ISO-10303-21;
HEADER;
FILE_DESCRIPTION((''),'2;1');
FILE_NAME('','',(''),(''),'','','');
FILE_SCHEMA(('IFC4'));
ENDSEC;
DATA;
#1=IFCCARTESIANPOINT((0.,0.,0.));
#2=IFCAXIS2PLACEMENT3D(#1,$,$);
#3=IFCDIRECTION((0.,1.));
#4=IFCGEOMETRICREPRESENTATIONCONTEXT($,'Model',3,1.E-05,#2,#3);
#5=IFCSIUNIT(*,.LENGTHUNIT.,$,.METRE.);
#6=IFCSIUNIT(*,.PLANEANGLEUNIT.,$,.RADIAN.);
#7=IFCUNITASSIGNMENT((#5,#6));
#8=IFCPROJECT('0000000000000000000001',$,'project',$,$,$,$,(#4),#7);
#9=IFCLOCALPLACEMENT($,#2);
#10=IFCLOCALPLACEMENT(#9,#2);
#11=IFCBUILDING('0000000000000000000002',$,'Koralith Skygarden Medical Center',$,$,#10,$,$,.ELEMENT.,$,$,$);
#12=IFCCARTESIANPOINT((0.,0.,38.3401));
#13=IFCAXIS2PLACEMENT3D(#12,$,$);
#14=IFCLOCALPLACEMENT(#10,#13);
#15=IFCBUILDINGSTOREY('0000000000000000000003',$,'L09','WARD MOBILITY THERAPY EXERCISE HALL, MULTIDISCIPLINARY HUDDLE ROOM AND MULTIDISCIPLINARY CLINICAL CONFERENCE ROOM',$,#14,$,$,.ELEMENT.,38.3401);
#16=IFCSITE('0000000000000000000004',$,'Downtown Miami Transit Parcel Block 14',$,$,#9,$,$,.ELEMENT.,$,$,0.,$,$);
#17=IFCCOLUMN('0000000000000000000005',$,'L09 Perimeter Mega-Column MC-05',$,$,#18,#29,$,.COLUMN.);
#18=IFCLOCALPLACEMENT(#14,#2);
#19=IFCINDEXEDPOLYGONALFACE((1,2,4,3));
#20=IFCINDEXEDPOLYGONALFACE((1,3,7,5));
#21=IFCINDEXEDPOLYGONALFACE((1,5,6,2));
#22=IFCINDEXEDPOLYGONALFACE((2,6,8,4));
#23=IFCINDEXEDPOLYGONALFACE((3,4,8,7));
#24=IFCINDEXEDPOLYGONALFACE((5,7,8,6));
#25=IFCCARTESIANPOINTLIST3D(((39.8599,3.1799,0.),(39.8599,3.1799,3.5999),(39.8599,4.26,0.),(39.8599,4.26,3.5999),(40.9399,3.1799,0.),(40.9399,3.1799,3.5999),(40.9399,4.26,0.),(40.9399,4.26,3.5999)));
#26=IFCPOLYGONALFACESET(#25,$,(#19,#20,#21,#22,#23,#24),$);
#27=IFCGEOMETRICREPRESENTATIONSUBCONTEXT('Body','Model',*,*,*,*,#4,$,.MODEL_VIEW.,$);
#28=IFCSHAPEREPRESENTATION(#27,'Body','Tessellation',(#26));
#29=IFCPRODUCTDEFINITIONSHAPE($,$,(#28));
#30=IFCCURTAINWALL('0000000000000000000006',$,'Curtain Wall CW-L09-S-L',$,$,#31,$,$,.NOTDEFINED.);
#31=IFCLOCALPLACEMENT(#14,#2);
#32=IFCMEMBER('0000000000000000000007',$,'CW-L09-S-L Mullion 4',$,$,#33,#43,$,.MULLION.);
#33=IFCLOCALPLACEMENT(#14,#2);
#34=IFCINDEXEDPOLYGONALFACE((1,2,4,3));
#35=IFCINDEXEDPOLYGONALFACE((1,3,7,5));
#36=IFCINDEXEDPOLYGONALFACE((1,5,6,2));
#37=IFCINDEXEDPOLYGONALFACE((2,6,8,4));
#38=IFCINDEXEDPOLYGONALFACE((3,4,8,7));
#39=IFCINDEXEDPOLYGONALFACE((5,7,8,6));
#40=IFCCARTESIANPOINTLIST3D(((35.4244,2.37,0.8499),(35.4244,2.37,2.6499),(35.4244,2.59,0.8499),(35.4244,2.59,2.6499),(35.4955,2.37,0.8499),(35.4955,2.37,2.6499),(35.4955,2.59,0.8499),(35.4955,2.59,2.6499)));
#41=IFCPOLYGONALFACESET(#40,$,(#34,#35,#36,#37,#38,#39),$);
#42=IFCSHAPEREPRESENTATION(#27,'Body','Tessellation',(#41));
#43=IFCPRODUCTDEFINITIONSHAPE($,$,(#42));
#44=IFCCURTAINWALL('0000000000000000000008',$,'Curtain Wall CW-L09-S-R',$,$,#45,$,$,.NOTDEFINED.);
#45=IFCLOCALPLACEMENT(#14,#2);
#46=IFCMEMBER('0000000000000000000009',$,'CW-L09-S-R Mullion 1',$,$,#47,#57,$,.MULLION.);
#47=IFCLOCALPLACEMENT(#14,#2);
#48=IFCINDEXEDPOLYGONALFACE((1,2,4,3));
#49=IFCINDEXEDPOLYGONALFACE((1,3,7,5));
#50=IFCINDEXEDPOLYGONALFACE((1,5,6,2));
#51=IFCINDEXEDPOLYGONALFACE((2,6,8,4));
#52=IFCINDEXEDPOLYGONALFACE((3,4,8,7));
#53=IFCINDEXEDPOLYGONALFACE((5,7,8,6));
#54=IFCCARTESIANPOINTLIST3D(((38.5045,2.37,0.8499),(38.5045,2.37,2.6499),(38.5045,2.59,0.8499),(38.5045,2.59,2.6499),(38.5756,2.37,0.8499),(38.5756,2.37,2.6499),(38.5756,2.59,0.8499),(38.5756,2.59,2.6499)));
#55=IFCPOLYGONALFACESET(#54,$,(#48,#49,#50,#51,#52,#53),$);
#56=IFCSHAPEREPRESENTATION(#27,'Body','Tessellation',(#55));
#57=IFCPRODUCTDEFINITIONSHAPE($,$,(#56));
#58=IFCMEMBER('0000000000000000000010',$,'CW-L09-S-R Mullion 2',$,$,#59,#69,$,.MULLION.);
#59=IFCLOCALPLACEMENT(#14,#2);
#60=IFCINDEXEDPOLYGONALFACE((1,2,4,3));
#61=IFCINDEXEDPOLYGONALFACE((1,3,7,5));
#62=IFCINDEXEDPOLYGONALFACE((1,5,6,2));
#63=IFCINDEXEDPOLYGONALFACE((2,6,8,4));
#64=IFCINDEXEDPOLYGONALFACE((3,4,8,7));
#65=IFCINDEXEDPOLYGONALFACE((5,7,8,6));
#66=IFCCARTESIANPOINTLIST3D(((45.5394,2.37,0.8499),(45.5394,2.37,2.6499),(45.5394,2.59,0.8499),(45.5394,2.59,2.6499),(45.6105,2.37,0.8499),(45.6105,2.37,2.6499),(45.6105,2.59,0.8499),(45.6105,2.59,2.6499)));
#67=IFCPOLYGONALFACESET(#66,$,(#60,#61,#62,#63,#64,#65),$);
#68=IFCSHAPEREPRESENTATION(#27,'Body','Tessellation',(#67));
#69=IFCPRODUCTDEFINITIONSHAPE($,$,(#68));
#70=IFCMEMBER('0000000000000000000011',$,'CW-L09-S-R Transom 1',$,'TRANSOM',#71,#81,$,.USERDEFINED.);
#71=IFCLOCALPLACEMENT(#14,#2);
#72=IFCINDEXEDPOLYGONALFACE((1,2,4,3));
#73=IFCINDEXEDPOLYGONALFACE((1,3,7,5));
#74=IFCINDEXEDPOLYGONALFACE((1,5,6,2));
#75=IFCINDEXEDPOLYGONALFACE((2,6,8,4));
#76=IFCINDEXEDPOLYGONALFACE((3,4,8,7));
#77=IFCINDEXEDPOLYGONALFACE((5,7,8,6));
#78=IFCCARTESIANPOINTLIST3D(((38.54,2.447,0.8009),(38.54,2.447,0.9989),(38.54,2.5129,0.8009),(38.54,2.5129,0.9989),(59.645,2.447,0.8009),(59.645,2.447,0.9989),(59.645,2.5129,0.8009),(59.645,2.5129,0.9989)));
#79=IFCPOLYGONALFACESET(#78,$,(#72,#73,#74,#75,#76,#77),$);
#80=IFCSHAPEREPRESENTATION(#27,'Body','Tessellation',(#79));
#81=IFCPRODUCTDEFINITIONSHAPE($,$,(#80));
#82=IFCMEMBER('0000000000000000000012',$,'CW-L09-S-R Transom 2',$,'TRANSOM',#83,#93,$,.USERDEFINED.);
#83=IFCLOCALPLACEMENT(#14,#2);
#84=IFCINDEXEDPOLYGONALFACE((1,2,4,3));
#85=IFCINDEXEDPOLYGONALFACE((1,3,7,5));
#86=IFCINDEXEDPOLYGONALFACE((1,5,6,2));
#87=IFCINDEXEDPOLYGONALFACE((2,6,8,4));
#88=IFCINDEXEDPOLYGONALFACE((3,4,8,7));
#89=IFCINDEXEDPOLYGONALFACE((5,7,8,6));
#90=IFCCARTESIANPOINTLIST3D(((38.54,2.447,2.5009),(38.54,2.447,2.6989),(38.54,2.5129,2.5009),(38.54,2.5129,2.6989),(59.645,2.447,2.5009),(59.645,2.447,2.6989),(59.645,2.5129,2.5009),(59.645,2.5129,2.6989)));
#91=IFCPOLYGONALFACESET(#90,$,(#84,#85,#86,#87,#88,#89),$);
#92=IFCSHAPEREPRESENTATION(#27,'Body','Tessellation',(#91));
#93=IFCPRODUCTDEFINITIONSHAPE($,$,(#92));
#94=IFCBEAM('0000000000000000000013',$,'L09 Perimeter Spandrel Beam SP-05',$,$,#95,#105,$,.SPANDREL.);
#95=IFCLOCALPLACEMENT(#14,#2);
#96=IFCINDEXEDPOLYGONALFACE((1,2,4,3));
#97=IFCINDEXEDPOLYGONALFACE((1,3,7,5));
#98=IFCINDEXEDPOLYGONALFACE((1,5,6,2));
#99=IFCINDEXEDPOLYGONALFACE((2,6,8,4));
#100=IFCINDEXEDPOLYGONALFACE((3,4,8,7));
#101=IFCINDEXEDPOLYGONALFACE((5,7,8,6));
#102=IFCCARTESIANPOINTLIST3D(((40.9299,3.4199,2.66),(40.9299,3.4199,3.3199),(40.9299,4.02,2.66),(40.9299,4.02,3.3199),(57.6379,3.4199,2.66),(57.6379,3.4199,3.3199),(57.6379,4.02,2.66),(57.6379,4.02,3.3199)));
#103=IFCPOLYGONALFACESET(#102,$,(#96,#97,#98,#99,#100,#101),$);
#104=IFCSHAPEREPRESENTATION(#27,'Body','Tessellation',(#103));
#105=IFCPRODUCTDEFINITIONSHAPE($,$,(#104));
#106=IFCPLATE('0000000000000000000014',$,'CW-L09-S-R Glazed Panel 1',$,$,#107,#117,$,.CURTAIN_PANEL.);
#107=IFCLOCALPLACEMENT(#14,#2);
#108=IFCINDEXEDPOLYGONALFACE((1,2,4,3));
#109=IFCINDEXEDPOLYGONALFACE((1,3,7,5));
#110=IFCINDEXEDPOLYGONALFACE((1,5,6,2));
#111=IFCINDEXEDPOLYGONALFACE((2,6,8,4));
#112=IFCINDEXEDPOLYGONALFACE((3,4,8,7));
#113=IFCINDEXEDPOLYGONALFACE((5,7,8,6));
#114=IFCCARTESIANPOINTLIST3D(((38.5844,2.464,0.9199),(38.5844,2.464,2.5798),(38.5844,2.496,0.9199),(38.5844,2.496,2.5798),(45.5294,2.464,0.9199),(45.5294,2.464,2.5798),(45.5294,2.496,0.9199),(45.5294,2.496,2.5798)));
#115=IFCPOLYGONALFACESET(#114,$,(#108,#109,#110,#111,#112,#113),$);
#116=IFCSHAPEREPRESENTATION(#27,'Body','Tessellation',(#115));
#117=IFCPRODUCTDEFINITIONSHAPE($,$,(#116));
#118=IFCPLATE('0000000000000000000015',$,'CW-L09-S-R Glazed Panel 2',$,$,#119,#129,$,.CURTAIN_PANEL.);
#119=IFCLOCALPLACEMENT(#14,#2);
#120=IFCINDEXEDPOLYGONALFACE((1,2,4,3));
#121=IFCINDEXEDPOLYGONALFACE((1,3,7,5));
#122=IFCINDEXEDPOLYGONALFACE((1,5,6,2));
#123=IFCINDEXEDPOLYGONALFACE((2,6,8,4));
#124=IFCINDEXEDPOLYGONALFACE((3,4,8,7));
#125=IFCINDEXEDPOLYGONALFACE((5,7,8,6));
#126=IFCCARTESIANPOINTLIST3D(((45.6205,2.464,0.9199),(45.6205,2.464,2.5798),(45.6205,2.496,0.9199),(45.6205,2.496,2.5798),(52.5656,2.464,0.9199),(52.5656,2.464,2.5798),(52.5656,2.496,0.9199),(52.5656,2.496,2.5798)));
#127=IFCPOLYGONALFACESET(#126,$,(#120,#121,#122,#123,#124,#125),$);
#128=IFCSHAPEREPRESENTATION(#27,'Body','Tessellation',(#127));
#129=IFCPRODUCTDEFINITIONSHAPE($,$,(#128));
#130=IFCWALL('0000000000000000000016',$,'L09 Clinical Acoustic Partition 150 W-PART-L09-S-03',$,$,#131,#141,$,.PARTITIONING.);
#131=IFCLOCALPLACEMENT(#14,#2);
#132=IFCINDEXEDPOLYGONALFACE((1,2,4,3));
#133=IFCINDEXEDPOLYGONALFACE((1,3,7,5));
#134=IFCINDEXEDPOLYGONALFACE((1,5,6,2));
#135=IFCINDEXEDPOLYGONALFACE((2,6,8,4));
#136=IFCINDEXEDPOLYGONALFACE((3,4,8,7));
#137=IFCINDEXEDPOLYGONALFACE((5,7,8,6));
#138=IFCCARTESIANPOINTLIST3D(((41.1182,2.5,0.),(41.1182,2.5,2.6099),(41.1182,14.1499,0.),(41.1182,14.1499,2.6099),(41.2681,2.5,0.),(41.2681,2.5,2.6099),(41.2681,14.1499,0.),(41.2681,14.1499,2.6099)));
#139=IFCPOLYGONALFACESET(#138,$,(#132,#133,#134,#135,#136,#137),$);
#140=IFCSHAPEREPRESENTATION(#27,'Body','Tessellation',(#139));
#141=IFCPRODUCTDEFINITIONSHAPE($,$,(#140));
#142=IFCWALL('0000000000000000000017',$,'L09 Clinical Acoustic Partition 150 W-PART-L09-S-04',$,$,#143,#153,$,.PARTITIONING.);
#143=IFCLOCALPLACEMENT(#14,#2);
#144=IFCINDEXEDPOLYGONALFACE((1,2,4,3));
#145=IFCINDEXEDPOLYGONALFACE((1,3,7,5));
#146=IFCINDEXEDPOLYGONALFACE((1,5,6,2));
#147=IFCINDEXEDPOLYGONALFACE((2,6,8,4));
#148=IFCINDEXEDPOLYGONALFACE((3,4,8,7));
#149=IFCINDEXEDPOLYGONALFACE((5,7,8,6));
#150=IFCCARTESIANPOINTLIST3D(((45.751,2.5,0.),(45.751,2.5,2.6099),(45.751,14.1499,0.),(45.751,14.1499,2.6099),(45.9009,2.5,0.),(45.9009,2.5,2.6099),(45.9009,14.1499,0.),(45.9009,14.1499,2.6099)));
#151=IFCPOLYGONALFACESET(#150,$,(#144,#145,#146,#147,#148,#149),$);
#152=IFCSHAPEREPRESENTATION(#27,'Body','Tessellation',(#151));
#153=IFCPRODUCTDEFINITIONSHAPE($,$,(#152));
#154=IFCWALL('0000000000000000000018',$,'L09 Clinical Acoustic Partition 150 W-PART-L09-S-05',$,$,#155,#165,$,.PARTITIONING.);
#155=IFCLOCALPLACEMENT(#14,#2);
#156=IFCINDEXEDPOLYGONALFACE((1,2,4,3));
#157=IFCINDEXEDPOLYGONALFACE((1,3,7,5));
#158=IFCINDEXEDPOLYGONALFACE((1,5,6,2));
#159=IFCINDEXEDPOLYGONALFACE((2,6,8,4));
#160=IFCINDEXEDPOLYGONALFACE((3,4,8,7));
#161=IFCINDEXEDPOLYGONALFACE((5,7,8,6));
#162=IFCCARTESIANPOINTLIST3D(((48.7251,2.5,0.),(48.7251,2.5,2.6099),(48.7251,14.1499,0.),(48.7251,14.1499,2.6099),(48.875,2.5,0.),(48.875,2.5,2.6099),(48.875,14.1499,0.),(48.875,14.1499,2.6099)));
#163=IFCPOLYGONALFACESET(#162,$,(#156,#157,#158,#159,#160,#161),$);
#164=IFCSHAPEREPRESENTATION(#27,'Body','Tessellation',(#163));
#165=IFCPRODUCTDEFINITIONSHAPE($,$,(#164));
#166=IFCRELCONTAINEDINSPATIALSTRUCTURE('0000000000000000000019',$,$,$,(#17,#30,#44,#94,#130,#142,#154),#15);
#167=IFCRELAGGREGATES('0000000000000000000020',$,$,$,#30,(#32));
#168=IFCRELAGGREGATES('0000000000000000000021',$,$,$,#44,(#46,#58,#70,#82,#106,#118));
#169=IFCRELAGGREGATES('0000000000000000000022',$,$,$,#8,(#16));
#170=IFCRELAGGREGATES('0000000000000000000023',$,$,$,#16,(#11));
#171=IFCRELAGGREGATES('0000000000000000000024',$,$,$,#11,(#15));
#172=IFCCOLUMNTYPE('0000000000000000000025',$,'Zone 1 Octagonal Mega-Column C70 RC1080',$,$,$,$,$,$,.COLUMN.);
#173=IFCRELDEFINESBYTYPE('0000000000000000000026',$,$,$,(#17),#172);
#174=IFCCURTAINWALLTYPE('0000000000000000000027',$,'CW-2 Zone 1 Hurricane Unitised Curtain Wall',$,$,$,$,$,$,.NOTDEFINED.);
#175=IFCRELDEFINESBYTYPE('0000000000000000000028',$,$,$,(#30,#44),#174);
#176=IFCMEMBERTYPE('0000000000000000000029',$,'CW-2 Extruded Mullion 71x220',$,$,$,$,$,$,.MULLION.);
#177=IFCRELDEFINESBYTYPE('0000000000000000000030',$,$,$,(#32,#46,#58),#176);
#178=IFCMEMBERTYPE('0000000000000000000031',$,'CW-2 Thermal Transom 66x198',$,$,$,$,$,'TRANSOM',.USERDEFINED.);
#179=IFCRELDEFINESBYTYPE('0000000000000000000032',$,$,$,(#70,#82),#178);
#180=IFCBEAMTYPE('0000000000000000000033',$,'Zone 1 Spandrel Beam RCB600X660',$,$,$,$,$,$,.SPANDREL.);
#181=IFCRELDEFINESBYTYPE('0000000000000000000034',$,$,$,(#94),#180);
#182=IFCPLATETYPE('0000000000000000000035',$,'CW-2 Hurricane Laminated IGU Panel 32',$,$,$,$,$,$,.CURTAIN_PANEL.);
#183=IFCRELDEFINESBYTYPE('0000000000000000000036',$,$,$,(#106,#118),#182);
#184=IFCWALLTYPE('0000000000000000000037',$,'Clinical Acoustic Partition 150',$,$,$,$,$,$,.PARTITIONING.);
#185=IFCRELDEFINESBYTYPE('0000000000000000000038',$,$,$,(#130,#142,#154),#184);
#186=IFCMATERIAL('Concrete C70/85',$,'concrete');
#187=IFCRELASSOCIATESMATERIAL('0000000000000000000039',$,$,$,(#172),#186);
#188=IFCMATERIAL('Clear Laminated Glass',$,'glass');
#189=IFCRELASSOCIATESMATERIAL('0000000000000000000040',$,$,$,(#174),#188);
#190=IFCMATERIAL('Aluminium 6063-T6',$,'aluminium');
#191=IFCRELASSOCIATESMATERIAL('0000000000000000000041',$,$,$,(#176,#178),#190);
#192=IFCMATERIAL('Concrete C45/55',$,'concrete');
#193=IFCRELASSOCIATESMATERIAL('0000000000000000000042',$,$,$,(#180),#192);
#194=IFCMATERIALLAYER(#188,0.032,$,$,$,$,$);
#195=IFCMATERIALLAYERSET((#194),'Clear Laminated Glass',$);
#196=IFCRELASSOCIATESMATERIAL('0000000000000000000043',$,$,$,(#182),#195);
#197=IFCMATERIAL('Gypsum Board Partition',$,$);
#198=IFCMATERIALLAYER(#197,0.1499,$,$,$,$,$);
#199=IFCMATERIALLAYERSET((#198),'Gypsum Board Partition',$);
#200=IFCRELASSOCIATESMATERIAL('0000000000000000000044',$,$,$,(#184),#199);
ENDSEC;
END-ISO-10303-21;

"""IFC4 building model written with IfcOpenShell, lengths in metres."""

from ifc_helpers import new_model, si_unit, direction, frame, frame_2d, origin, origin_2d, place, context, subcontext, project, spatial, rectangle, extrude, material, layer, layer_set, material_profile, profile_set, type_object, element, aggregate, save


model = new_model("IFC4")

# Units and contexts
model_context = context("Model", 3, precision=1e-05, world=origin(), true_north=direction((0.0, 1.0)))
body_context = subcontext(model_context, "Body", "Model", "MODEL_VIEW")
ifc_project = project(units=[si_unit("LENGTHUNIT", "METRE"), si_unit("PLANEANGLEUNIT", "RADIAN")], contexts=[model_context])

# Site, building, storey
site_placement = place(None, origin())
site = spatial("IfcSite", under=ifc_project, at=site_placement, Name="Downtown Miami Transit Parcel Block 14", CompositionType="ELEMENT", RefElevation=0.0)
building_placement = place(site_placement, origin())
building = spatial("IfcBuilding", under=site, at=building_placement, Name="Koralith Skygarden Medical Center", CompositionType="ELEMENT")
storey_placement = place(building_placement, frame((0.0, 0.0, 38.3401)))
storey = spatial("IfcBuildingStorey", under=building, at=storey_placement, Name="L09", Description="WARD MOBILITY THERAPY EXERCISE HALL, MULTIDISCIPLINARY HUDDLE ROOM AND MULTIDISCIPLINARY CLINICAL CONFERENCE ROOM", CompositionType="ELEMENT", Elevation=38.3401)

# Column
ifc_material_1 = material(Name="Concrete C70/85", Category="concrete")
ifc_material_profile_1 = material_profile(ifc_material_1, rectangle(XDim=1.0801, YDim=1.0801, at=origin_2d()), Name="RC1080X1080")
ifc_profile_set_1 = profile_set([ifc_material_profile_1], Name="Concrete C70/85")
column_type = type_object("IfcColumnType", Name="Zone 1 Octagonal Mega-Column C70 RC1080", PredefinedType="COLUMN", material=ifc_profile_set_1)
column_placement = place(storey_placement, frame((40.3999, 3.72, 0.0), z_axis=(0.0, 0.0, 1.0), x_axis=(1.0, 0.0, 0.0)))
element("IfcColumn", 1, at=column_placement, inside=storey, type_object=column_type, Name="L09 Perimeter Mega-Column MC-05", PredefinedType="COLUMN", context=body_context, shape_type="SweptSolid", body=[
    extrude(rectangle(XDim=1.0801, YDim=1.0801, at=origin_2d()), origin(), (0.0, 0.0, 1.0), 3.5999),
])

# Curtain wall, member
ifc_material_2 = material(Name="Clear Laminated Glass", Category="glass")
curtain_wall_type = type_object("IfcCurtainWallType", Name="CW-2 Zone 1 Hurricane Unitised Curtain Wall", PredefinedType="NOTDEFINED", material=ifc_material_2)
curtain_wall_1_placement = place(storey_placement, origin())
curtain_wall_1 = element("IfcCurtainWall", 2, at=curtain_wall_1_placement, inside=storey, type_object=curtain_wall_type, Name="Curtain Wall CW-L09-S-L", PredefinedType="NOTDEFINED")
ifc_material_3 = material(Name="Aluminium 6063-T6", Category="aluminium")
ifc_material_profile_2 = material_profile(ifc_material_3, rectangle(XDim=0.071, YDim=0.22, at=origin_2d()), Name="MUL71X220")
ifc_profile_set_2 = profile_set([ifc_material_profile_2], Name="Aluminium 6063-T6")
member_type_1 = type_object("IfcMemberType", Name="CW-2 Extruded Mullion 71x220", PredefinedType="MULLION", material=ifc_profile_set_2)
member_1_placement = place(storey_placement, frame((35.46, 2.48, 0.8499), z_axis=(0.0, 0.0, 1.0), x_axis=(1.0, 0.0, 0.0)))
member_1 = element("IfcMember", 3, at=member_1_placement, type_object=member_type_1, Name="CW-L09-S-L Mullion 4", PredefinedType="MULLION", context=body_context, shape_type="SweptSolid", body=[
    extrude(rectangle(XDim=0.071, YDim=0.22, at=origin_2d()), origin(), (0.0, 0.0, 1.0), 1.8),
])
aggregate(curtain_wall_1, [member_1])

# Curtain wall, members
curtain_wall_2_placement = place(storey_placement, origin())
curtain_wall_2 = element("IfcCurtainWall", 4, at=curtain_wall_2_placement, inside=storey, type_object=curtain_wall_type, Name="Curtain Wall CW-L09-S-R", PredefinedType="NOTDEFINED")
member_2_placement = place(storey_placement, frame((38.54, 2.48, 0.8499), z_axis=(0.0, 0.0, 1.0), x_axis=(1.0, 0.0, 0.0)))
member_2 = element("IfcMember", 5, at=member_2_placement, type_object=member_type_1, Name="CW-L09-S-R Mullion 1", PredefinedType="MULLION", context=body_context, shape_type="SweptSolid", body=[
    extrude(rectangle(XDim=0.071, YDim=0.22, at=origin_2d()), origin(), (0.0, 0.0, 1.0), 1.8),
])
member_3_placement = place(storey_placement, frame((45.575, 2.48, 0.8499), z_axis=(0.0, 0.0, 1.0), x_axis=(1.0, 0.0, 0.0)))
member_3 = element("IfcMember", 6, at=member_3_placement, type_object=member_type_1, Name="CW-L09-S-R Mullion 2", PredefinedType="MULLION", context=body_context, shape_type="SweptSolid", body=[
    extrude(rectangle(XDim=0.071, YDim=0.22, at=origin_2d()), origin(), (0.0, 0.0, 1.0), 1.8),
])
ifc_material_profile_3 = material_profile(ifc_material_3, rectangle(XDim=0.0659, YDim=0.198, at=origin_2d()), Name="TRN66X198")
ifc_profile_set_3 = profile_set([ifc_material_profile_3], Name="Aluminium 6063-T6")
member_type_2 = type_object("IfcMemberType", Name="CW-2 Thermal Transom 66x198", ElementType="TRANSOM", PredefinedType="USERDEFINED", material=ifc_profile_set_3)
member_4_placement = place(storey_placement, frame((38.54, 2.48, 0.8999), z_axis=(1.0, 0.0, 0.0), x_axis=(0.0, 1.0, 0.0)))
member_4 = element("IfcMember", 7, at=member_4_placement, type_object=member_type_2, Name="CW-L09-S-R Transom 1", ObjectType="TRANSOM", PredefinedType="USERDEFINED", context=body_context, shape_type="SweptSolid", body=[
    extrude(rectangle(XDim=0.0659, YDim=0.198, at=origin_2d()), origin(), (0.0, 0.0, 1.0), 21.105),
])
member_5_placement = place(storey_placement, frame((38.54, 2.48, 2.5999), z_axis=(1.0, 0.0, 0.0), x_axis=(0.0, 1.0, 0.0)))
member_5 = element("IfcMember", 8, at=member_5_placement, type_object=member_type_2, Name="CW-L09-S-R Transom 2", ObjectType="TRANSOM", PredefinedType="USERDEFINED", context=body_context, shape_type="SweptSolid", body=[
    extrude(rectangle(XDim=0.0659, YDim=0.198, at=origin_2d()), origin(), (0.0, 0.0, 1.0), 21.105),
])

# Beam
ifc_material_4 = material(Name="Concrete C45/55", Category="concrete")
ifc_material_profile_4 = material_profile(ifc_material_4, rectangle(XDim=0.6001, YDim=0.6599, at=origin_2d()), Name="RCB600X660")
ifc_profile_set_4 = profile_set([ifc_material_profile_4], Name="Concrete C45/55")
beam_type = type_object("IfcBeamType", Name="Zone 1 Spandrel Beam RCB600X660", PredefinedType="SPANDREL", material=ifc_profile_set_4)
beam_placement = place(storey_placement, frame((40.9299, 3.72, 2.99), z_axis=(1.0, 0.0, 0.0), x_axis=(0.0, 1.0, 0.0)))
element("IfcBeam", 9, at=beam_placement, inside=storey, type_object=beam_type, Name="L09 Perimeter Spandrel Beam SP-05", PredefinedType="SPANDREL", context=body_context, shape_type="SweptSolid", body=[
    extrude(rectangle(XDim=0.6001, YDim=0.6599, at=origin_2d()), origin(), (0.0, 0.0, 1.0), 16.708),
])

# Plates
ifc_layer_1 = layer(ifc_material_2, 0.032)
ifc_layer_set_1 = layer_set([ifc_layer_1], Name="Clear Laminated Glass")
plate_type = type_object("IfcPlateType", Name="CW-2 Hurricane Laminated IGU Panel 32", PredefinedType="CURTAIN_PANEL", material=ifc_layer_set_1)
plate_1_placement = place(storey_placement, frame((42.0569, 2.48, 0.9199), z_axis=(0.0, 0.0, 1.0), x_axis=(1.0, 0.0, 0.0)))
plate_1 = element("IfcPlate", 10, at=plate_1_placement, type_object=plate_type, Name="CW-L09-S-R Glazed Panel 1", PredefinedType="CURTAIN_PANEL", context=body_context, shape_type="SweptSolid", body=[
    extrude(rectangle(XDim=6.9451, YDim=0.032, at=origin_2d()), origin(), (0.0, 0.0, 1.0), 1.6599),
])
plate_2_placement = place(storey_placement, frame((49.093, 2.48, 0.9199), z_axis=(0.0, 0.0, 1.0), x_axis=(1.0, 0.0, 0.0)))
plate_2 = element("IfcPlate", 11, at=plate_2_placement, type_object=plate_type, Name="CW-L09-S-R Glazed Panel 2", PredefinedType="CURTAIN_PANEL", context=body_context, shape_type="SweptSolid", body=[
    extrude(rectangle(XDim=6.9451, YDim=0.032, at=origin_2d()), origin(), (0.0, 0.0, 1.0), 1.6599),
])
aggregate(curtain_wall_2, [member_2, member_3, member_4, member_5, plate_1, plate_2])

# Walls
ifc_material_5 = material(Name="Gypsum Board Partition")
ifc_layer_2 = layer(ifc_material_5, 0.1499)
ifc_layer_set_2 = layer_set([ifc_layer_2], Name="Gypsum Board Partition")
wall_type_1 = type_object("IfcWallType", Name="Clinical Acoustic Partition 150", PredefinedType="PARTITIONING", material=ifc_layer_set_2)
for number, where, z_axis, x_axis, name in (
    (12, (41.1931, 14.1499, 0.0), (0.0, 0.0, 1.0), (0.0, -1.0, 0.0), "L09 Clinical Acoustic Partition 150 W-PART-L09-S-03"),
    (13, (45.8259, 14.1499, 0.0), (0.0, 0.0, 1.0), (0.0, -1.0, 0.0), "L09 Clinical Acoustic Partition 150 W-PART-L09-S-04"),
    (14, (48.8, 14.1499, 0.0), (0.0, 0.0, 1.0), (0.0, -1.0, 0.0), "L09 Clinical Acoustic Partition 150 W-PART-L09-S-05"),
):
    element("IfcWall", number, at=place(storey_placement, frame(where, z_axis=z_axis, x_axis=x_axis)), inside=storey, type_object=wall_type_1, Name=name, PredefinedType="PARTITIONING", context=body_context, shape_type="SweptSolid", body=[
        extrude(rectangle(XDim=11.6499, YDim=0.1499, at=frame_2d((5.825, 0.0))), origin(), (0.0, 0.0, 1.0), 2.6099),
    ])

save(model, "model.ifc")
